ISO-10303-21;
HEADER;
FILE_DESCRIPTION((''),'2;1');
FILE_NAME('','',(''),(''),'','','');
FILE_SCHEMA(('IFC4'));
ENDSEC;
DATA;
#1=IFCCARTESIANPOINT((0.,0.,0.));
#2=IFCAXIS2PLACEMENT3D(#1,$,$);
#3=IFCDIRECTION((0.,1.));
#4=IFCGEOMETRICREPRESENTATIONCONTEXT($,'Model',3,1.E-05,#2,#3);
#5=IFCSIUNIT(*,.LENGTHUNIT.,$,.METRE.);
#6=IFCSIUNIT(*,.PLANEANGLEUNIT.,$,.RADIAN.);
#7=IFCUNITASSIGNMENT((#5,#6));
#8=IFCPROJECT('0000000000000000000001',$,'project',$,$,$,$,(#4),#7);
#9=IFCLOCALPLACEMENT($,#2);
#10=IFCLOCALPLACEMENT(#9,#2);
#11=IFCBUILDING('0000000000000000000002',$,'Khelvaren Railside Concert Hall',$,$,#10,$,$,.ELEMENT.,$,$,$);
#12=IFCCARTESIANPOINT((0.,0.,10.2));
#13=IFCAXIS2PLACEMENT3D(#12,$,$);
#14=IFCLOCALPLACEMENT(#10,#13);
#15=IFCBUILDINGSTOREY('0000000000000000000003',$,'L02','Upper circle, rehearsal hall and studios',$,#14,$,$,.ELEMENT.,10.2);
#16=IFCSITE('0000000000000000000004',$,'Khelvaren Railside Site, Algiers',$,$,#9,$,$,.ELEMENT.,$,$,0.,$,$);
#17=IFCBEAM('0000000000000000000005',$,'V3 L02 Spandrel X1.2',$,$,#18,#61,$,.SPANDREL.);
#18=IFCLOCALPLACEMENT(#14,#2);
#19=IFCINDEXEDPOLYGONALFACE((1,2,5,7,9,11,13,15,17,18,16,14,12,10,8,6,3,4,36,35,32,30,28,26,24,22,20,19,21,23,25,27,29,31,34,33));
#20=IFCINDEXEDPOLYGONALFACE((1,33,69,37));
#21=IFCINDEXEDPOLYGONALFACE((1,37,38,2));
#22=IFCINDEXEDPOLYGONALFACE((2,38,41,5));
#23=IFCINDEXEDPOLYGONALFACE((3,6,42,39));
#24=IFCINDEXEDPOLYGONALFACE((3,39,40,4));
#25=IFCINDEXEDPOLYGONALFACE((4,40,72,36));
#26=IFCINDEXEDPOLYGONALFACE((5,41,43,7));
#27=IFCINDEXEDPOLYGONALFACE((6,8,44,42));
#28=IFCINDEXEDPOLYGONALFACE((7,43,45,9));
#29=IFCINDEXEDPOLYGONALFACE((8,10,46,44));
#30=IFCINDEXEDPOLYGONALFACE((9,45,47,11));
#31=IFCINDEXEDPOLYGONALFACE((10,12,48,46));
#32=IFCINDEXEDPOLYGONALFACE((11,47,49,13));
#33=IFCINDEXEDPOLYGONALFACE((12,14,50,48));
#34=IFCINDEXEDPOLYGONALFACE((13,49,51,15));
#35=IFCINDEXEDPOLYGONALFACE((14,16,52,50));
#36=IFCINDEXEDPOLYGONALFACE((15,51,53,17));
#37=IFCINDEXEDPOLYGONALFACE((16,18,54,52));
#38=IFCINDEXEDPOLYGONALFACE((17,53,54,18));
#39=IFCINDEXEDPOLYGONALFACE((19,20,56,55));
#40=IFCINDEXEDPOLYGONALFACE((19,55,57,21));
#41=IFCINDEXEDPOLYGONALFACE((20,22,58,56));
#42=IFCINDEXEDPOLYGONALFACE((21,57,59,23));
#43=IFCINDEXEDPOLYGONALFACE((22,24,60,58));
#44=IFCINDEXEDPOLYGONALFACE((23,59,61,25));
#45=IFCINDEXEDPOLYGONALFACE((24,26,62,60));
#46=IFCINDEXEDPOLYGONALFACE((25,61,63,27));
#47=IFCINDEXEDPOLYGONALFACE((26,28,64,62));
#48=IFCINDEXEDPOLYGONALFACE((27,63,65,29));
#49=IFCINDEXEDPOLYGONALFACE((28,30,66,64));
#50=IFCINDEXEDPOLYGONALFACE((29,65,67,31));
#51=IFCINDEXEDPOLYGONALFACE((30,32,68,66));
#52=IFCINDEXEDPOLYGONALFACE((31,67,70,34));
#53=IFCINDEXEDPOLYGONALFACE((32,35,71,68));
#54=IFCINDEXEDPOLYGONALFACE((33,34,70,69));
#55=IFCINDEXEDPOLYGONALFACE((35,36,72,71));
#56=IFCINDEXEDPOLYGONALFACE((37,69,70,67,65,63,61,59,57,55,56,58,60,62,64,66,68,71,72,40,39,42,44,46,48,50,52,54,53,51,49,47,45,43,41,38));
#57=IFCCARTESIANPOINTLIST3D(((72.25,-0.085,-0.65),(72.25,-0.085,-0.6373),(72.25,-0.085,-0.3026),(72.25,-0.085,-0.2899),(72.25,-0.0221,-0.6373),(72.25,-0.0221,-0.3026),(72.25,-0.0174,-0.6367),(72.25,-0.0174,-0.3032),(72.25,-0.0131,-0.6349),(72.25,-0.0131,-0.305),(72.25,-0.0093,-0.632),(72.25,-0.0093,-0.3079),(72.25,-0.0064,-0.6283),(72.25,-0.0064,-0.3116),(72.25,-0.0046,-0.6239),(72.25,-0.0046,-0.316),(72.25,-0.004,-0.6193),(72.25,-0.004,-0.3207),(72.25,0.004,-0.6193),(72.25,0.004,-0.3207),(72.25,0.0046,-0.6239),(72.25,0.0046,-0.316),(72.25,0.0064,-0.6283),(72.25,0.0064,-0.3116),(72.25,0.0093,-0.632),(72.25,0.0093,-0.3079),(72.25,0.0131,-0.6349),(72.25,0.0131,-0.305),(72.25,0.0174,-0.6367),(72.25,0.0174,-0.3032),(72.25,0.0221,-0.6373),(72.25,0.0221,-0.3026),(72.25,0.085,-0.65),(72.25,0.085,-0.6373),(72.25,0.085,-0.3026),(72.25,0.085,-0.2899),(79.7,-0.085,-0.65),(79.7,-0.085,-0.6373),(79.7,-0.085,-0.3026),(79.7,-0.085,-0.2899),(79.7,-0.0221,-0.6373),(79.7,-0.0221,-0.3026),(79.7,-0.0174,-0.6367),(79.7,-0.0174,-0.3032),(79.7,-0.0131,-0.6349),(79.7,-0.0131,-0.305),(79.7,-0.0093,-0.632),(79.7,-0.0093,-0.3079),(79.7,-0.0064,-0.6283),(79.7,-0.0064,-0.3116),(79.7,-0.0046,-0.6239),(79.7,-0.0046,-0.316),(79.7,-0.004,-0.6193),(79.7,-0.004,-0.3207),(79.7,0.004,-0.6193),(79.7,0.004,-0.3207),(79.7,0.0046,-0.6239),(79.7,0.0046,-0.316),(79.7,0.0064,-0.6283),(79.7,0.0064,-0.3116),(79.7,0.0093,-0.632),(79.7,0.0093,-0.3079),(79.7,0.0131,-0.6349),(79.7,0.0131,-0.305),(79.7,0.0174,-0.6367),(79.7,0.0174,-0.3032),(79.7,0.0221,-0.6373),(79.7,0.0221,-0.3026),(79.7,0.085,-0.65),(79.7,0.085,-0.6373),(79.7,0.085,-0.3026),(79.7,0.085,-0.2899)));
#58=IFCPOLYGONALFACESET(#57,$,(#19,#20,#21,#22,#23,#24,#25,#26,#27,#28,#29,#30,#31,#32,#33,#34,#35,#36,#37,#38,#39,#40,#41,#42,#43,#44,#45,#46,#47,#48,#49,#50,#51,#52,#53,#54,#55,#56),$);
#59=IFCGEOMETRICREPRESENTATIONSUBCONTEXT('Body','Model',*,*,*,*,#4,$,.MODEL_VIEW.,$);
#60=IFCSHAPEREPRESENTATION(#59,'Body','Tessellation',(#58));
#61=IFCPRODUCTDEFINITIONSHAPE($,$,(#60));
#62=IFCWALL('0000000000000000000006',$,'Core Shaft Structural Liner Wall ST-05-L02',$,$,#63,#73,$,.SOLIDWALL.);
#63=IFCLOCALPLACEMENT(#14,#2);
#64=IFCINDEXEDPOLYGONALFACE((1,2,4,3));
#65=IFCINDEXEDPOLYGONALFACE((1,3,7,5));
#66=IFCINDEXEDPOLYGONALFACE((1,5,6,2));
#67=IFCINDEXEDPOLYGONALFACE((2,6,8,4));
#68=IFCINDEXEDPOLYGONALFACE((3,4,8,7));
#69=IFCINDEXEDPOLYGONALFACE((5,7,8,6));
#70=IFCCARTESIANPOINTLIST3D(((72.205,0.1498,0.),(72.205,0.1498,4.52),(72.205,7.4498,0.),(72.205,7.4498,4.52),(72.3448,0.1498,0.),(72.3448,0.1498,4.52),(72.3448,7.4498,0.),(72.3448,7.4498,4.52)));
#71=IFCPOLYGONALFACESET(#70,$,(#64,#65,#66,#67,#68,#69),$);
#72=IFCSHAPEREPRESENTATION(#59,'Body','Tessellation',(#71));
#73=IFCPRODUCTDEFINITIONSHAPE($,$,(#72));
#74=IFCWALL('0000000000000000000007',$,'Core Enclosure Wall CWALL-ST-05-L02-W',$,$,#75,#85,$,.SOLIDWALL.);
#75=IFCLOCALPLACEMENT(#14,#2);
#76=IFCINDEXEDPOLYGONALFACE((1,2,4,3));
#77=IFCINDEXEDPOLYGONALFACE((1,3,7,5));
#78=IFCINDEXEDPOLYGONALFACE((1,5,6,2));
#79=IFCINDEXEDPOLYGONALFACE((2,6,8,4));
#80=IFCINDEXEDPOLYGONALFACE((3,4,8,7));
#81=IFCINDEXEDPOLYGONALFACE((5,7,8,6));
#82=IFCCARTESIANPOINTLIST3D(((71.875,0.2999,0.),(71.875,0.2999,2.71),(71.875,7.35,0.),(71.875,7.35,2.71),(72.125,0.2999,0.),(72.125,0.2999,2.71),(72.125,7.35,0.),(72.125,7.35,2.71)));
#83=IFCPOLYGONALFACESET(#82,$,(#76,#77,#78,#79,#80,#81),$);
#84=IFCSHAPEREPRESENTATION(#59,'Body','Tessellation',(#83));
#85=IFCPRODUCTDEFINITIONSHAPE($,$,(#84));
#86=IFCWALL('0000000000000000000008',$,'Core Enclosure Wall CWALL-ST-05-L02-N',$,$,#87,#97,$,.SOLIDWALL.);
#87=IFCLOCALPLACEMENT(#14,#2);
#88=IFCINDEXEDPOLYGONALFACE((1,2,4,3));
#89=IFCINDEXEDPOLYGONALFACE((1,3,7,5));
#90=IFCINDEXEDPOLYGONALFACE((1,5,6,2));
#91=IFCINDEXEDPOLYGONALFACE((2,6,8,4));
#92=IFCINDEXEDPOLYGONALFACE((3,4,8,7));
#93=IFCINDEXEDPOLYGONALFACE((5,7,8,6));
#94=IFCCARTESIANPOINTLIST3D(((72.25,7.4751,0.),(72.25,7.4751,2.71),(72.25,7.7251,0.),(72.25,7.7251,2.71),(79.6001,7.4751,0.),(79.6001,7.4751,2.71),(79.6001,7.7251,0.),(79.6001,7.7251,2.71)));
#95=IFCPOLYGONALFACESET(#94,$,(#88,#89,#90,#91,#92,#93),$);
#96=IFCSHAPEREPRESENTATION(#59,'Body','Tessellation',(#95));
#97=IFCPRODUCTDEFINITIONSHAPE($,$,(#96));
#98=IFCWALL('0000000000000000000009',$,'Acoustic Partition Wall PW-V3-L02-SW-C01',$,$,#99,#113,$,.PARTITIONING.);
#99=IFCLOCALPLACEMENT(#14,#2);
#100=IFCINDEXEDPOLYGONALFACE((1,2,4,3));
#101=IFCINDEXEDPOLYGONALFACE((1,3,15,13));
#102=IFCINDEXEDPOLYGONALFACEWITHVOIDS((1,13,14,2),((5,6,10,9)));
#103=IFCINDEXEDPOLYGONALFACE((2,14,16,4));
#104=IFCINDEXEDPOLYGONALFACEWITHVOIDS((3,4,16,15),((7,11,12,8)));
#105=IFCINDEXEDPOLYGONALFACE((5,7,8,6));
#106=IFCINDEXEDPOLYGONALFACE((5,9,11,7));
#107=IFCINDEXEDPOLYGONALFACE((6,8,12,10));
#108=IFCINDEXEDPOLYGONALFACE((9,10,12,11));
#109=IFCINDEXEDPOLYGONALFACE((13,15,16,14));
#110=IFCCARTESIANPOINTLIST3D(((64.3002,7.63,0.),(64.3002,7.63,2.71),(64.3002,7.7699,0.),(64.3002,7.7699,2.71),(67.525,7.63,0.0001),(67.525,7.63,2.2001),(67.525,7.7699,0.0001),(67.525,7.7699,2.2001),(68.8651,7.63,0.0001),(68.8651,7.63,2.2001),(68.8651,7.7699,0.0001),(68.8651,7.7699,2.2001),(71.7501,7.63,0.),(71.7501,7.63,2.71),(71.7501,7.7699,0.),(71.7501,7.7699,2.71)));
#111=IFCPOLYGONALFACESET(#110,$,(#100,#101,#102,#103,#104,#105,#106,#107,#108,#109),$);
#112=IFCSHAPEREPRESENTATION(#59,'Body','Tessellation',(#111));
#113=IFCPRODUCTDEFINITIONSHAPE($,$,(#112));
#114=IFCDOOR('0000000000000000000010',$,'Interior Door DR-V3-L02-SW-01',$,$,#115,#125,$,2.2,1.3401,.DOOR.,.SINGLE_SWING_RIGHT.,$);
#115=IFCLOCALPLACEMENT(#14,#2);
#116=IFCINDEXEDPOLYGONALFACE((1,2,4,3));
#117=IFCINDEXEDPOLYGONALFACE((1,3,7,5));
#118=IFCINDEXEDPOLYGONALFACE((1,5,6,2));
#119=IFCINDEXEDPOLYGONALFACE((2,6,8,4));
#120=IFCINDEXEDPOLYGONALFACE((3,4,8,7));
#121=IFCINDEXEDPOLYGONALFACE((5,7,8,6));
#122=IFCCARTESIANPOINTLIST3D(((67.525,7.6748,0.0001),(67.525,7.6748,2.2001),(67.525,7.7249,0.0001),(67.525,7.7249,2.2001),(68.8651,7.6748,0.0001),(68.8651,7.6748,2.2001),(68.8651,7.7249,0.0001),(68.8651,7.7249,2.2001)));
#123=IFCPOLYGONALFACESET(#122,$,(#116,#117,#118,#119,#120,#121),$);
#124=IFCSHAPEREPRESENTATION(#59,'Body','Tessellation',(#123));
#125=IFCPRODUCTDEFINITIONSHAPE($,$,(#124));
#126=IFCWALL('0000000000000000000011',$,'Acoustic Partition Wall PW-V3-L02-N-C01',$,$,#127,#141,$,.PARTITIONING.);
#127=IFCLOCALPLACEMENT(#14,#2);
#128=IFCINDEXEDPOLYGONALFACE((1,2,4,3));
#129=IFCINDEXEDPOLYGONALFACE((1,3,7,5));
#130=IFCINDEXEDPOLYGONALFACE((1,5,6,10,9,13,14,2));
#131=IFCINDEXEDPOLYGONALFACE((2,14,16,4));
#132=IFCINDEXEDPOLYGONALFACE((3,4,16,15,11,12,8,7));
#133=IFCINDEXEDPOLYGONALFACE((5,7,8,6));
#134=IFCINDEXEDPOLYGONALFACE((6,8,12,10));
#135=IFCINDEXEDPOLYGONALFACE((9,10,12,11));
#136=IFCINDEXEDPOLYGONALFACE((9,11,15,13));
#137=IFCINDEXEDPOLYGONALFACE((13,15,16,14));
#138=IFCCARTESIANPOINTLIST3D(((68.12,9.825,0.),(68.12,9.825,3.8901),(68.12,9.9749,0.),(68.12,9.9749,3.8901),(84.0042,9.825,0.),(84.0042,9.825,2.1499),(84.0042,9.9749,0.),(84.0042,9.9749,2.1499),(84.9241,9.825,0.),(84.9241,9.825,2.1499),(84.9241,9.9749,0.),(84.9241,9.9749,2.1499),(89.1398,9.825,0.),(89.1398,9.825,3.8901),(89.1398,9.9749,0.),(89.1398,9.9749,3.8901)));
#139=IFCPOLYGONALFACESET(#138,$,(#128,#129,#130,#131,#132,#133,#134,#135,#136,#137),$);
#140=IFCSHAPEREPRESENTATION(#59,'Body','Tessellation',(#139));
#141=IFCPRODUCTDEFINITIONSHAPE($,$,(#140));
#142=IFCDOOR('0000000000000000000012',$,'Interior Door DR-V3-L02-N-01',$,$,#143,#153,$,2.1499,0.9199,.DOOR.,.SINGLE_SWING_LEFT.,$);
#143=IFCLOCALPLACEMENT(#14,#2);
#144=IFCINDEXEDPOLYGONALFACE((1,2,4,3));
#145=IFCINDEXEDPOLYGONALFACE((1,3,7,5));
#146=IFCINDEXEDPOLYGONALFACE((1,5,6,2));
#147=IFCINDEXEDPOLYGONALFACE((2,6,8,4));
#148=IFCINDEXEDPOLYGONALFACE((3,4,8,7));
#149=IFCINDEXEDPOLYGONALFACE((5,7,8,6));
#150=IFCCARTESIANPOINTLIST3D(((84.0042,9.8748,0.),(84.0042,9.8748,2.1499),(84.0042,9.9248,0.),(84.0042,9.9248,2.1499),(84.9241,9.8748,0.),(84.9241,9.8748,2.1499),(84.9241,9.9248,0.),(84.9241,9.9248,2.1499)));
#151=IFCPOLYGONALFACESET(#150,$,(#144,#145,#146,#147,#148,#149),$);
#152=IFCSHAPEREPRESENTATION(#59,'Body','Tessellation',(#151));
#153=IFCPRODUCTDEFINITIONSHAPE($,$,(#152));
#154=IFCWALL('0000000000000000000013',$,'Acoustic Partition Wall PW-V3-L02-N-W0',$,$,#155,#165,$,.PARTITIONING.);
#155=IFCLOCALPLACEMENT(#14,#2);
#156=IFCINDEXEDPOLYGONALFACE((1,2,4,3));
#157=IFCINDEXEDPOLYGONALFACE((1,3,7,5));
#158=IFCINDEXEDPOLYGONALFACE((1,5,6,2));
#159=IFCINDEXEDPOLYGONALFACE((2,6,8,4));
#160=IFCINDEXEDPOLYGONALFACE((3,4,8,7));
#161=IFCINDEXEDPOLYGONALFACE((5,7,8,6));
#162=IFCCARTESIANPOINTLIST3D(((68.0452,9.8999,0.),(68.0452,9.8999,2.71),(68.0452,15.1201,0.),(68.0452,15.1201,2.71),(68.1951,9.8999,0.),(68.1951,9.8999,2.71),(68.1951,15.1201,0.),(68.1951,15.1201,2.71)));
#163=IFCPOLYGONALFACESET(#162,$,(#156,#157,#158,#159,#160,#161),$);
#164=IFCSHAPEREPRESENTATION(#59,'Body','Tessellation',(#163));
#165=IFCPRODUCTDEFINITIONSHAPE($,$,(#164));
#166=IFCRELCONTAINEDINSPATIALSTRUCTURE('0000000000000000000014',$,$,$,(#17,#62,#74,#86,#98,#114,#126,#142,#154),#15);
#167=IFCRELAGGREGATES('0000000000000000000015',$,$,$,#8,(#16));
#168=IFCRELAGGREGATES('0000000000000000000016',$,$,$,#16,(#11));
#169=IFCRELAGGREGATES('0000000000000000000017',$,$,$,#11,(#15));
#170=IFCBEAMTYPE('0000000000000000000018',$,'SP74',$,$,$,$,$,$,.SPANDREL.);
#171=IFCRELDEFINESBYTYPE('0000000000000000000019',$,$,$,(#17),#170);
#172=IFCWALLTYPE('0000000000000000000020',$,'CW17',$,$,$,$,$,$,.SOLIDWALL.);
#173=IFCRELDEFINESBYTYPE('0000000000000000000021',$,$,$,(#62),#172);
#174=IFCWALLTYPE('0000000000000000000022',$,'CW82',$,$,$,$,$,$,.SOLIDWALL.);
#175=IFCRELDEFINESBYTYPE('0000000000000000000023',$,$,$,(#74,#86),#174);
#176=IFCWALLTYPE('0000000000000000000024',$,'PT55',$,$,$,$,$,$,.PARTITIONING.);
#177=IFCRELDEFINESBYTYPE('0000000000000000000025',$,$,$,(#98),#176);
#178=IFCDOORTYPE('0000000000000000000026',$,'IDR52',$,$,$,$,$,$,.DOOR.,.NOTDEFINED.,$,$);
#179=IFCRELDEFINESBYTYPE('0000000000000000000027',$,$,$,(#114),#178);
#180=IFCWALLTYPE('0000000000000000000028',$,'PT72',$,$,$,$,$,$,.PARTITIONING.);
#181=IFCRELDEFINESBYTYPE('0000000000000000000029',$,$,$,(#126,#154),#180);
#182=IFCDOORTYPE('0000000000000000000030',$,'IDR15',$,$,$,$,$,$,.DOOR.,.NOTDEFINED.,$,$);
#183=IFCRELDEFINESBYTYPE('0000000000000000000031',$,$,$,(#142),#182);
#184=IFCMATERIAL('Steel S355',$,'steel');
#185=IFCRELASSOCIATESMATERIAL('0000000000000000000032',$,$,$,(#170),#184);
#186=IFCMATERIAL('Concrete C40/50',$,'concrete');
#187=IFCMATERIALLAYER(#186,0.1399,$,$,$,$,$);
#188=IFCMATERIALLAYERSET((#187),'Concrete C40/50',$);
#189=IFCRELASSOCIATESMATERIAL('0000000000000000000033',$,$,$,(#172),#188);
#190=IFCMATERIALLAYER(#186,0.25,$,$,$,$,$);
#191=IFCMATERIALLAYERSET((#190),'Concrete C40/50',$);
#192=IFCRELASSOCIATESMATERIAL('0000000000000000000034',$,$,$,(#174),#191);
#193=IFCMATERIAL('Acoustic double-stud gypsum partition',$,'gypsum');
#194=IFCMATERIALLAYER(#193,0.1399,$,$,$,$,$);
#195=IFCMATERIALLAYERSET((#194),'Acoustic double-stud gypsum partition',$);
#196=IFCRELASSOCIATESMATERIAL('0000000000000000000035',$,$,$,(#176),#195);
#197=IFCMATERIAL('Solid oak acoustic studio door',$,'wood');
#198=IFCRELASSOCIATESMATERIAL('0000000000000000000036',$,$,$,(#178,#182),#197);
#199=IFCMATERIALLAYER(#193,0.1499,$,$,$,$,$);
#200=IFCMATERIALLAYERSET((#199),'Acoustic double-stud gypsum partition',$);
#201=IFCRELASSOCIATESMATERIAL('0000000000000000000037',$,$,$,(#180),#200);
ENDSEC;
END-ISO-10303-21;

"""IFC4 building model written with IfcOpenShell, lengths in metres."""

from ifc_helpers import new_model, si_unit, direction, frame, frame_2d, origin, origin_2d, place, context, subcontext, project, spatial, rectangle, i_section, extrude, material, layer, layer_set, material_profile, profile_set, type_object, element, fill, save


model = new_model("IFC4")

# Units and contexts
model_context = context("Model", 3, precision=1e-05, world=origin(), true_north=direction((0.0, 1.0)))
body_context = subcontext(model_context, "Body", "Model", "MODEL_VIEW")
ifc_project = project(units=[si_unit("LENGTHUNIT", "METRE"), si_unit("PLANEANGLEUNIT", "RADIAN")], contexts=[model_context])

# Site, building, storey
site_placement = place(None, origin())
site = spatial("IfcSite", under=ifc_project, at=site_placement, Name="Khelvaren Railside Site, Algiers", CompositionType="ELEMENT", RefElevation=0.0)
building_placement = place(site_placement, origin())
building = spatial("IfcBuilding", under=site, at=building_placement, Name="Khelvaren Railside Concert Hall", CompositionType="ELEMENT")
storey_placement = place(building_placement, frame((0.0, 0.0, 10.2)))
storey = spatial("IfcBuildingStorey", under=building, at=storey_placement, Name="L02", Description="Upper circle, rehearsal hall and studios", CompositionType="ELEMENT", Elevation=10.2)

# Shared definitions
ifc_material_1 = material(Name="Steel S355", Category="steel")

# Beam
ifc_material_profile_1 = material_profile(ifc_material_1, i_section(OverallWidth=0.1699, OverallDepth=0.3601, WebThickness=0.0081, FlangeThickness=0.0127, FilletRadius=0.0181, at=origin_2d()), Name="IPE 360")
ifc_profile_set_1 = profile_set([ifc_material_profile_1], Name="Steel S355")
beam_type_1 = type_object("IfcBeamType", Name="SP74", PredefinedType="SPANDREL", material=ifc_profile_set_1)
beam_1_placement = place(storey_placement, frame((72.25, 0.0, -0.47), z_axis=(1.0, 0.0, 0.0), x_axis=(0.0, 1.0, 0.0)))
element("IfcBeam", 1, at=beam_1_placement, inside=storey, type_object=beam_type_1, Name="V3 L02 Spandrel X1.2", PredefinedType="SPANDREL", context=body_context, shape_type="SweptSolid", body=[
    extrude(i_section(OverallWidth=0.1699, OverallDepth=0.3601, WebThickness=0.0081, FlangeThickness=0.0127, FilletRadius=0.0181, at=origin_2d()), origin(), (0.0, 0.0, 1.0), 7.45),
])

# Walls
ifc_material_2 = material(Name="Concrete C40/50", Category="concrete")
ifc_layer_1 = layer(ifc_material_2, 0.1399)
ifc_layer_set_1 = layer_set([ifc_layer_1], Name="Concrete C40/50")
wall_type_1 = type_object("IfcWallType", Name="CW17", PredefinedType="SOLIDWALL", material=ifc_layer_set_1)
wall_1_placement = place(storey_placement, frame((72.2749, 0.1499, 0.0), z_axis=(0.0, 0.0, 1.0), x_axis=(0.0, 1.0, 0.0)))
element("IfcWall", 2, at=wall_1_placement, inside=storey, type_object=wall_type_1, Name="Core Shaft Structural Liner Wall ST-05-L02", PredefinedType="SOLIDWALL", context=body_context, shape_type="SweptSolid", body=[
    extrude(rectangle(XDim=7.3, YDim=0.1399, at=frame_2d((3.6499, 0.0))), origin(), (0.0, 0.0, 1.0), 4.52),
])
ifc_layer_2 = layer(ifc_material_2, 0.25)
ifc_layer_set_2 = layer_set([ifc_layer_2], Name="Concrete C40/50")
wall_type_2 = type_object("IfcWallType", Name="CW82", PredefinedType="SOLIDWALL", material=ifc_layer_set_2)
wall_2_placement = place(storey_placement, frame((72.0, 0.3, 0.0), z_axis=(0.0, 0.0, 1.0), x_axis=(0.0, 1.0, 0.0)))
element("IfcWall", 3, at=wall_2_placement, inside=storey, type_object=wall_type_2, Name="Core Enclosure Wall CWALL-ST-05-L02-W", PredefinedType="SOLIDWALL", context=body_context, shape_type="SweptSolid", body=[
    extrude(rectangle(XDim=7.05, YDim=0.25, at=frame_2d((3.5249, 0.0))), origin(), (0.0, 0.0, 1.0), 2.71),
])
wall_3_placement = place(storey_placement, frame((72.25, 7.6001, 0.0), z_axis=(0.0, 0.0, 1.0), x_axis=(1.0, 0.0, 0.0)))
element("IfcWall", 4, at=wall_3_placement, inside=storey, type_object=wall_type_2, Name="Core Enclosure Wall CWALL-ST-05-L02-N", PredefinedType="SOLIDWALL", context=body_context, shape_type="SweptSolid", body=[
    extrude(rectangle(XDim=7.3501, YDim=0.25, at=frame_2d((3.675, 0.0))), origin(), (0.0, 0.0, 1.0), 2.71),
])

# Walls, openings, doors
ifc_material_3 = material(Name="Acoustic double-stud gypsum partition", Category="gypsum")
ifc_layer_3 = layer(ifc_material_3, 0.1399)
ifc_layer_set_3 = layer_set([ifc_layer_3], Name="Acoustic double-stud gypsum partition")
wall_type_3 = type_object("IfcWallType", Name="PT55", PredefinedType="PARTITIONING", material=ifc_layer_set_3)
wall_4_placement = place(storey_placement, frame((64.3, 7.7, 0.0), z_axis=(0.0, 0.0, 1.0), x_axis=(1.0, 0.0, 0.0)))
wall_4 = element("IfcWall", 5, at=wall_4_placement, inside=storey, type_object=wall_type_3, Name="Acoustic Partition Wall PW-V3-L02-SW-C01", PredefinedType="PARTITIONING", context=body_context, shape_type="SweptSolid", body=[
    extrude(rectangle(XDim=7.45, YDim=0.1399, at=frame_2d((3.7251, 0.0))), origin(), (0.0, 0.0, 1.0), 2.71),
])
opening_1_placement = place(wall_4_placement, frame((3.2251, 0.0, 0.0)))
opening_1 = element("IfcOpeningElement", 6, at=opening_1_placement, cuts=wall_4, PredefinedType="OPENING", context=body_context, shape_type="SweptSolid", body=[
    extrude(rectangle(XDim=1.3401, YDim=2.2, at=frame_2d((0.6699, 1.1001))), frame((0.0, 0.0798, 0.0), z_axis=(0.0, -1.0, 0.0), x_axis=(1.0, 0.0, 0.0)), (0.0, 0.0, 1.0), 0.1599),
])
ifc_material_4 = material(Name="Solid oak acoustic studio door", Category="wood")
door_type_1 = type_object("IfcDoorType", Name="IDR52", OperationType="NOTDEFINED", PredefinedType="DOOR", material=ifc_material_4)
door_1_placement = place(opening_1_placement, origin())
door_1 = element("IfcDoor", 7, at=door_1_placement, inside=storey, type_object=door_type_1, Name="Interior Door DR-V3-L02-SW-01", OperationType="SINGLE_SWING_RIGHT", OverallHeight=2.2, OverallWidth=1.3401, PredefinedType="DOOR", context=body_context, shape_type="SweptSolid", body=[
    extrude(rectangle(XDim=1.3401, YDim=2.2, at=frame_2d((0.6699, 1.1001))), frame((0.0, 0.0249, 0.0), z_axis=(0.0, -1.0, 0.0), x_axis=(1.0, 0.0, 0.0)), (0.0, 0.0, 1.0), 0.05),
])
fill(opening_1, door_1)
ifc_layer_4 = layer(ifc_material_3, 0.1499)
ifc_layer_set_4 = layer_set([ifc_layer_4], Name="Acoustic double-stud gypsum partition")
wall_type_4 = type_object("IfcWallType", Name="PT72", PredefinedType="PARTITIONING", material=ifc_layer_set_4)
wall_5_placement = place(storey_placement, frame((68.1201, 9.8999, 0.0), z_axis=(0.0, 0.0, 1.0), x_axis=(1.0, 0.0, 0.0)))
wall_5 = element("IfcWall", 8, at=wall_5_placement, inside=storey, type_object=wall_type_4, Name="Acoustic Partition Wall PW-V3-L02-N-C01", PredefinedType="PARTITIONING", context=body_context, shape_type="SweptSolid", body=[
    extrude(rectangle(XDim=21.0198, YDim=0.1499, at=frame_2d((10.5098, 0.0))), origin(), (0.0, 0.0, 1.0), 3.8901),
])
opening_2_placement = place(wall_5_placement, frame((15.884, 0.0, 0.0)))
opening_2 = element("IfcOpeningElement", 9, at=opening_2_placement, cuts=wall_5, PredefinedType="OPENING", context=body_context, shape_type="SweptSolid", body=[
    extrude(rectangle(XDim=0.9199, YDim=2.1499, at=frame_2d((0.46, 1.075))), frame((0.0, 0.085, 0.0), z_axis=(0.0, -1.0, 0.0), x_axis=(1.0, 0.0, 0.0)), (0.0, 0.0, 1.0), 0.1699),
])
door_type_2 = type_object("IfcDoorType", Name="IDR15", OperationType="NOTDEFINED", PredefinedType="DOOR", material=ifc_material_4)
door_2_placement = place(opening_2_placement, origin())
door_2 = element("IfcDoor", 10, at=door_2_placement, inside=storey, type_object=door_type_2, Name="Interior Door DR-V3-L02-N-01", OperationType="SINGLE_SWING_LEFT", OverallHeight=2.1499, OverallWidth=0.9199, PredefinedType="DOOR", context=body_context, shape_type="SweptSolid", body=[
    extrude(rectangle(XDim=0.9199, YDim=2.1499, at=frame_2d((0.46, 1.075))), frame((0.0, 0.0249, 0.0), z_axis=(0.0, -1.0, 0.0), x_axis=(1.0, 0.0, 0.0)), (0.0, 0.0, 1.0), 0.05),
])
fill(opening_2, door_2)

# Wall
wall_6_placement = place(storey_placement, frame((68.1201, 9.8999, 0.0), z_axis=(0.0, 0.0, 1.0), x_axis=(0.0, 1.0, 0.0)))
element("IfcWall", 11, at=wall_6_placement, inside=storey, type_object=wall_type_4, Name="Acoustic Partition Wall PW-V3-L02-N-W0", PredefinedType="PARTITIONING", context=body_context, shape_type="SweptSolid", body=[
    extrude(rectangle(XDim=5.2202, YDim=0.1499, at=frame_2d((2.6101, 0.0))), origin(), (0.0, 0.0, 1.0), 2.71),
])

save(model, "model.ifc")
